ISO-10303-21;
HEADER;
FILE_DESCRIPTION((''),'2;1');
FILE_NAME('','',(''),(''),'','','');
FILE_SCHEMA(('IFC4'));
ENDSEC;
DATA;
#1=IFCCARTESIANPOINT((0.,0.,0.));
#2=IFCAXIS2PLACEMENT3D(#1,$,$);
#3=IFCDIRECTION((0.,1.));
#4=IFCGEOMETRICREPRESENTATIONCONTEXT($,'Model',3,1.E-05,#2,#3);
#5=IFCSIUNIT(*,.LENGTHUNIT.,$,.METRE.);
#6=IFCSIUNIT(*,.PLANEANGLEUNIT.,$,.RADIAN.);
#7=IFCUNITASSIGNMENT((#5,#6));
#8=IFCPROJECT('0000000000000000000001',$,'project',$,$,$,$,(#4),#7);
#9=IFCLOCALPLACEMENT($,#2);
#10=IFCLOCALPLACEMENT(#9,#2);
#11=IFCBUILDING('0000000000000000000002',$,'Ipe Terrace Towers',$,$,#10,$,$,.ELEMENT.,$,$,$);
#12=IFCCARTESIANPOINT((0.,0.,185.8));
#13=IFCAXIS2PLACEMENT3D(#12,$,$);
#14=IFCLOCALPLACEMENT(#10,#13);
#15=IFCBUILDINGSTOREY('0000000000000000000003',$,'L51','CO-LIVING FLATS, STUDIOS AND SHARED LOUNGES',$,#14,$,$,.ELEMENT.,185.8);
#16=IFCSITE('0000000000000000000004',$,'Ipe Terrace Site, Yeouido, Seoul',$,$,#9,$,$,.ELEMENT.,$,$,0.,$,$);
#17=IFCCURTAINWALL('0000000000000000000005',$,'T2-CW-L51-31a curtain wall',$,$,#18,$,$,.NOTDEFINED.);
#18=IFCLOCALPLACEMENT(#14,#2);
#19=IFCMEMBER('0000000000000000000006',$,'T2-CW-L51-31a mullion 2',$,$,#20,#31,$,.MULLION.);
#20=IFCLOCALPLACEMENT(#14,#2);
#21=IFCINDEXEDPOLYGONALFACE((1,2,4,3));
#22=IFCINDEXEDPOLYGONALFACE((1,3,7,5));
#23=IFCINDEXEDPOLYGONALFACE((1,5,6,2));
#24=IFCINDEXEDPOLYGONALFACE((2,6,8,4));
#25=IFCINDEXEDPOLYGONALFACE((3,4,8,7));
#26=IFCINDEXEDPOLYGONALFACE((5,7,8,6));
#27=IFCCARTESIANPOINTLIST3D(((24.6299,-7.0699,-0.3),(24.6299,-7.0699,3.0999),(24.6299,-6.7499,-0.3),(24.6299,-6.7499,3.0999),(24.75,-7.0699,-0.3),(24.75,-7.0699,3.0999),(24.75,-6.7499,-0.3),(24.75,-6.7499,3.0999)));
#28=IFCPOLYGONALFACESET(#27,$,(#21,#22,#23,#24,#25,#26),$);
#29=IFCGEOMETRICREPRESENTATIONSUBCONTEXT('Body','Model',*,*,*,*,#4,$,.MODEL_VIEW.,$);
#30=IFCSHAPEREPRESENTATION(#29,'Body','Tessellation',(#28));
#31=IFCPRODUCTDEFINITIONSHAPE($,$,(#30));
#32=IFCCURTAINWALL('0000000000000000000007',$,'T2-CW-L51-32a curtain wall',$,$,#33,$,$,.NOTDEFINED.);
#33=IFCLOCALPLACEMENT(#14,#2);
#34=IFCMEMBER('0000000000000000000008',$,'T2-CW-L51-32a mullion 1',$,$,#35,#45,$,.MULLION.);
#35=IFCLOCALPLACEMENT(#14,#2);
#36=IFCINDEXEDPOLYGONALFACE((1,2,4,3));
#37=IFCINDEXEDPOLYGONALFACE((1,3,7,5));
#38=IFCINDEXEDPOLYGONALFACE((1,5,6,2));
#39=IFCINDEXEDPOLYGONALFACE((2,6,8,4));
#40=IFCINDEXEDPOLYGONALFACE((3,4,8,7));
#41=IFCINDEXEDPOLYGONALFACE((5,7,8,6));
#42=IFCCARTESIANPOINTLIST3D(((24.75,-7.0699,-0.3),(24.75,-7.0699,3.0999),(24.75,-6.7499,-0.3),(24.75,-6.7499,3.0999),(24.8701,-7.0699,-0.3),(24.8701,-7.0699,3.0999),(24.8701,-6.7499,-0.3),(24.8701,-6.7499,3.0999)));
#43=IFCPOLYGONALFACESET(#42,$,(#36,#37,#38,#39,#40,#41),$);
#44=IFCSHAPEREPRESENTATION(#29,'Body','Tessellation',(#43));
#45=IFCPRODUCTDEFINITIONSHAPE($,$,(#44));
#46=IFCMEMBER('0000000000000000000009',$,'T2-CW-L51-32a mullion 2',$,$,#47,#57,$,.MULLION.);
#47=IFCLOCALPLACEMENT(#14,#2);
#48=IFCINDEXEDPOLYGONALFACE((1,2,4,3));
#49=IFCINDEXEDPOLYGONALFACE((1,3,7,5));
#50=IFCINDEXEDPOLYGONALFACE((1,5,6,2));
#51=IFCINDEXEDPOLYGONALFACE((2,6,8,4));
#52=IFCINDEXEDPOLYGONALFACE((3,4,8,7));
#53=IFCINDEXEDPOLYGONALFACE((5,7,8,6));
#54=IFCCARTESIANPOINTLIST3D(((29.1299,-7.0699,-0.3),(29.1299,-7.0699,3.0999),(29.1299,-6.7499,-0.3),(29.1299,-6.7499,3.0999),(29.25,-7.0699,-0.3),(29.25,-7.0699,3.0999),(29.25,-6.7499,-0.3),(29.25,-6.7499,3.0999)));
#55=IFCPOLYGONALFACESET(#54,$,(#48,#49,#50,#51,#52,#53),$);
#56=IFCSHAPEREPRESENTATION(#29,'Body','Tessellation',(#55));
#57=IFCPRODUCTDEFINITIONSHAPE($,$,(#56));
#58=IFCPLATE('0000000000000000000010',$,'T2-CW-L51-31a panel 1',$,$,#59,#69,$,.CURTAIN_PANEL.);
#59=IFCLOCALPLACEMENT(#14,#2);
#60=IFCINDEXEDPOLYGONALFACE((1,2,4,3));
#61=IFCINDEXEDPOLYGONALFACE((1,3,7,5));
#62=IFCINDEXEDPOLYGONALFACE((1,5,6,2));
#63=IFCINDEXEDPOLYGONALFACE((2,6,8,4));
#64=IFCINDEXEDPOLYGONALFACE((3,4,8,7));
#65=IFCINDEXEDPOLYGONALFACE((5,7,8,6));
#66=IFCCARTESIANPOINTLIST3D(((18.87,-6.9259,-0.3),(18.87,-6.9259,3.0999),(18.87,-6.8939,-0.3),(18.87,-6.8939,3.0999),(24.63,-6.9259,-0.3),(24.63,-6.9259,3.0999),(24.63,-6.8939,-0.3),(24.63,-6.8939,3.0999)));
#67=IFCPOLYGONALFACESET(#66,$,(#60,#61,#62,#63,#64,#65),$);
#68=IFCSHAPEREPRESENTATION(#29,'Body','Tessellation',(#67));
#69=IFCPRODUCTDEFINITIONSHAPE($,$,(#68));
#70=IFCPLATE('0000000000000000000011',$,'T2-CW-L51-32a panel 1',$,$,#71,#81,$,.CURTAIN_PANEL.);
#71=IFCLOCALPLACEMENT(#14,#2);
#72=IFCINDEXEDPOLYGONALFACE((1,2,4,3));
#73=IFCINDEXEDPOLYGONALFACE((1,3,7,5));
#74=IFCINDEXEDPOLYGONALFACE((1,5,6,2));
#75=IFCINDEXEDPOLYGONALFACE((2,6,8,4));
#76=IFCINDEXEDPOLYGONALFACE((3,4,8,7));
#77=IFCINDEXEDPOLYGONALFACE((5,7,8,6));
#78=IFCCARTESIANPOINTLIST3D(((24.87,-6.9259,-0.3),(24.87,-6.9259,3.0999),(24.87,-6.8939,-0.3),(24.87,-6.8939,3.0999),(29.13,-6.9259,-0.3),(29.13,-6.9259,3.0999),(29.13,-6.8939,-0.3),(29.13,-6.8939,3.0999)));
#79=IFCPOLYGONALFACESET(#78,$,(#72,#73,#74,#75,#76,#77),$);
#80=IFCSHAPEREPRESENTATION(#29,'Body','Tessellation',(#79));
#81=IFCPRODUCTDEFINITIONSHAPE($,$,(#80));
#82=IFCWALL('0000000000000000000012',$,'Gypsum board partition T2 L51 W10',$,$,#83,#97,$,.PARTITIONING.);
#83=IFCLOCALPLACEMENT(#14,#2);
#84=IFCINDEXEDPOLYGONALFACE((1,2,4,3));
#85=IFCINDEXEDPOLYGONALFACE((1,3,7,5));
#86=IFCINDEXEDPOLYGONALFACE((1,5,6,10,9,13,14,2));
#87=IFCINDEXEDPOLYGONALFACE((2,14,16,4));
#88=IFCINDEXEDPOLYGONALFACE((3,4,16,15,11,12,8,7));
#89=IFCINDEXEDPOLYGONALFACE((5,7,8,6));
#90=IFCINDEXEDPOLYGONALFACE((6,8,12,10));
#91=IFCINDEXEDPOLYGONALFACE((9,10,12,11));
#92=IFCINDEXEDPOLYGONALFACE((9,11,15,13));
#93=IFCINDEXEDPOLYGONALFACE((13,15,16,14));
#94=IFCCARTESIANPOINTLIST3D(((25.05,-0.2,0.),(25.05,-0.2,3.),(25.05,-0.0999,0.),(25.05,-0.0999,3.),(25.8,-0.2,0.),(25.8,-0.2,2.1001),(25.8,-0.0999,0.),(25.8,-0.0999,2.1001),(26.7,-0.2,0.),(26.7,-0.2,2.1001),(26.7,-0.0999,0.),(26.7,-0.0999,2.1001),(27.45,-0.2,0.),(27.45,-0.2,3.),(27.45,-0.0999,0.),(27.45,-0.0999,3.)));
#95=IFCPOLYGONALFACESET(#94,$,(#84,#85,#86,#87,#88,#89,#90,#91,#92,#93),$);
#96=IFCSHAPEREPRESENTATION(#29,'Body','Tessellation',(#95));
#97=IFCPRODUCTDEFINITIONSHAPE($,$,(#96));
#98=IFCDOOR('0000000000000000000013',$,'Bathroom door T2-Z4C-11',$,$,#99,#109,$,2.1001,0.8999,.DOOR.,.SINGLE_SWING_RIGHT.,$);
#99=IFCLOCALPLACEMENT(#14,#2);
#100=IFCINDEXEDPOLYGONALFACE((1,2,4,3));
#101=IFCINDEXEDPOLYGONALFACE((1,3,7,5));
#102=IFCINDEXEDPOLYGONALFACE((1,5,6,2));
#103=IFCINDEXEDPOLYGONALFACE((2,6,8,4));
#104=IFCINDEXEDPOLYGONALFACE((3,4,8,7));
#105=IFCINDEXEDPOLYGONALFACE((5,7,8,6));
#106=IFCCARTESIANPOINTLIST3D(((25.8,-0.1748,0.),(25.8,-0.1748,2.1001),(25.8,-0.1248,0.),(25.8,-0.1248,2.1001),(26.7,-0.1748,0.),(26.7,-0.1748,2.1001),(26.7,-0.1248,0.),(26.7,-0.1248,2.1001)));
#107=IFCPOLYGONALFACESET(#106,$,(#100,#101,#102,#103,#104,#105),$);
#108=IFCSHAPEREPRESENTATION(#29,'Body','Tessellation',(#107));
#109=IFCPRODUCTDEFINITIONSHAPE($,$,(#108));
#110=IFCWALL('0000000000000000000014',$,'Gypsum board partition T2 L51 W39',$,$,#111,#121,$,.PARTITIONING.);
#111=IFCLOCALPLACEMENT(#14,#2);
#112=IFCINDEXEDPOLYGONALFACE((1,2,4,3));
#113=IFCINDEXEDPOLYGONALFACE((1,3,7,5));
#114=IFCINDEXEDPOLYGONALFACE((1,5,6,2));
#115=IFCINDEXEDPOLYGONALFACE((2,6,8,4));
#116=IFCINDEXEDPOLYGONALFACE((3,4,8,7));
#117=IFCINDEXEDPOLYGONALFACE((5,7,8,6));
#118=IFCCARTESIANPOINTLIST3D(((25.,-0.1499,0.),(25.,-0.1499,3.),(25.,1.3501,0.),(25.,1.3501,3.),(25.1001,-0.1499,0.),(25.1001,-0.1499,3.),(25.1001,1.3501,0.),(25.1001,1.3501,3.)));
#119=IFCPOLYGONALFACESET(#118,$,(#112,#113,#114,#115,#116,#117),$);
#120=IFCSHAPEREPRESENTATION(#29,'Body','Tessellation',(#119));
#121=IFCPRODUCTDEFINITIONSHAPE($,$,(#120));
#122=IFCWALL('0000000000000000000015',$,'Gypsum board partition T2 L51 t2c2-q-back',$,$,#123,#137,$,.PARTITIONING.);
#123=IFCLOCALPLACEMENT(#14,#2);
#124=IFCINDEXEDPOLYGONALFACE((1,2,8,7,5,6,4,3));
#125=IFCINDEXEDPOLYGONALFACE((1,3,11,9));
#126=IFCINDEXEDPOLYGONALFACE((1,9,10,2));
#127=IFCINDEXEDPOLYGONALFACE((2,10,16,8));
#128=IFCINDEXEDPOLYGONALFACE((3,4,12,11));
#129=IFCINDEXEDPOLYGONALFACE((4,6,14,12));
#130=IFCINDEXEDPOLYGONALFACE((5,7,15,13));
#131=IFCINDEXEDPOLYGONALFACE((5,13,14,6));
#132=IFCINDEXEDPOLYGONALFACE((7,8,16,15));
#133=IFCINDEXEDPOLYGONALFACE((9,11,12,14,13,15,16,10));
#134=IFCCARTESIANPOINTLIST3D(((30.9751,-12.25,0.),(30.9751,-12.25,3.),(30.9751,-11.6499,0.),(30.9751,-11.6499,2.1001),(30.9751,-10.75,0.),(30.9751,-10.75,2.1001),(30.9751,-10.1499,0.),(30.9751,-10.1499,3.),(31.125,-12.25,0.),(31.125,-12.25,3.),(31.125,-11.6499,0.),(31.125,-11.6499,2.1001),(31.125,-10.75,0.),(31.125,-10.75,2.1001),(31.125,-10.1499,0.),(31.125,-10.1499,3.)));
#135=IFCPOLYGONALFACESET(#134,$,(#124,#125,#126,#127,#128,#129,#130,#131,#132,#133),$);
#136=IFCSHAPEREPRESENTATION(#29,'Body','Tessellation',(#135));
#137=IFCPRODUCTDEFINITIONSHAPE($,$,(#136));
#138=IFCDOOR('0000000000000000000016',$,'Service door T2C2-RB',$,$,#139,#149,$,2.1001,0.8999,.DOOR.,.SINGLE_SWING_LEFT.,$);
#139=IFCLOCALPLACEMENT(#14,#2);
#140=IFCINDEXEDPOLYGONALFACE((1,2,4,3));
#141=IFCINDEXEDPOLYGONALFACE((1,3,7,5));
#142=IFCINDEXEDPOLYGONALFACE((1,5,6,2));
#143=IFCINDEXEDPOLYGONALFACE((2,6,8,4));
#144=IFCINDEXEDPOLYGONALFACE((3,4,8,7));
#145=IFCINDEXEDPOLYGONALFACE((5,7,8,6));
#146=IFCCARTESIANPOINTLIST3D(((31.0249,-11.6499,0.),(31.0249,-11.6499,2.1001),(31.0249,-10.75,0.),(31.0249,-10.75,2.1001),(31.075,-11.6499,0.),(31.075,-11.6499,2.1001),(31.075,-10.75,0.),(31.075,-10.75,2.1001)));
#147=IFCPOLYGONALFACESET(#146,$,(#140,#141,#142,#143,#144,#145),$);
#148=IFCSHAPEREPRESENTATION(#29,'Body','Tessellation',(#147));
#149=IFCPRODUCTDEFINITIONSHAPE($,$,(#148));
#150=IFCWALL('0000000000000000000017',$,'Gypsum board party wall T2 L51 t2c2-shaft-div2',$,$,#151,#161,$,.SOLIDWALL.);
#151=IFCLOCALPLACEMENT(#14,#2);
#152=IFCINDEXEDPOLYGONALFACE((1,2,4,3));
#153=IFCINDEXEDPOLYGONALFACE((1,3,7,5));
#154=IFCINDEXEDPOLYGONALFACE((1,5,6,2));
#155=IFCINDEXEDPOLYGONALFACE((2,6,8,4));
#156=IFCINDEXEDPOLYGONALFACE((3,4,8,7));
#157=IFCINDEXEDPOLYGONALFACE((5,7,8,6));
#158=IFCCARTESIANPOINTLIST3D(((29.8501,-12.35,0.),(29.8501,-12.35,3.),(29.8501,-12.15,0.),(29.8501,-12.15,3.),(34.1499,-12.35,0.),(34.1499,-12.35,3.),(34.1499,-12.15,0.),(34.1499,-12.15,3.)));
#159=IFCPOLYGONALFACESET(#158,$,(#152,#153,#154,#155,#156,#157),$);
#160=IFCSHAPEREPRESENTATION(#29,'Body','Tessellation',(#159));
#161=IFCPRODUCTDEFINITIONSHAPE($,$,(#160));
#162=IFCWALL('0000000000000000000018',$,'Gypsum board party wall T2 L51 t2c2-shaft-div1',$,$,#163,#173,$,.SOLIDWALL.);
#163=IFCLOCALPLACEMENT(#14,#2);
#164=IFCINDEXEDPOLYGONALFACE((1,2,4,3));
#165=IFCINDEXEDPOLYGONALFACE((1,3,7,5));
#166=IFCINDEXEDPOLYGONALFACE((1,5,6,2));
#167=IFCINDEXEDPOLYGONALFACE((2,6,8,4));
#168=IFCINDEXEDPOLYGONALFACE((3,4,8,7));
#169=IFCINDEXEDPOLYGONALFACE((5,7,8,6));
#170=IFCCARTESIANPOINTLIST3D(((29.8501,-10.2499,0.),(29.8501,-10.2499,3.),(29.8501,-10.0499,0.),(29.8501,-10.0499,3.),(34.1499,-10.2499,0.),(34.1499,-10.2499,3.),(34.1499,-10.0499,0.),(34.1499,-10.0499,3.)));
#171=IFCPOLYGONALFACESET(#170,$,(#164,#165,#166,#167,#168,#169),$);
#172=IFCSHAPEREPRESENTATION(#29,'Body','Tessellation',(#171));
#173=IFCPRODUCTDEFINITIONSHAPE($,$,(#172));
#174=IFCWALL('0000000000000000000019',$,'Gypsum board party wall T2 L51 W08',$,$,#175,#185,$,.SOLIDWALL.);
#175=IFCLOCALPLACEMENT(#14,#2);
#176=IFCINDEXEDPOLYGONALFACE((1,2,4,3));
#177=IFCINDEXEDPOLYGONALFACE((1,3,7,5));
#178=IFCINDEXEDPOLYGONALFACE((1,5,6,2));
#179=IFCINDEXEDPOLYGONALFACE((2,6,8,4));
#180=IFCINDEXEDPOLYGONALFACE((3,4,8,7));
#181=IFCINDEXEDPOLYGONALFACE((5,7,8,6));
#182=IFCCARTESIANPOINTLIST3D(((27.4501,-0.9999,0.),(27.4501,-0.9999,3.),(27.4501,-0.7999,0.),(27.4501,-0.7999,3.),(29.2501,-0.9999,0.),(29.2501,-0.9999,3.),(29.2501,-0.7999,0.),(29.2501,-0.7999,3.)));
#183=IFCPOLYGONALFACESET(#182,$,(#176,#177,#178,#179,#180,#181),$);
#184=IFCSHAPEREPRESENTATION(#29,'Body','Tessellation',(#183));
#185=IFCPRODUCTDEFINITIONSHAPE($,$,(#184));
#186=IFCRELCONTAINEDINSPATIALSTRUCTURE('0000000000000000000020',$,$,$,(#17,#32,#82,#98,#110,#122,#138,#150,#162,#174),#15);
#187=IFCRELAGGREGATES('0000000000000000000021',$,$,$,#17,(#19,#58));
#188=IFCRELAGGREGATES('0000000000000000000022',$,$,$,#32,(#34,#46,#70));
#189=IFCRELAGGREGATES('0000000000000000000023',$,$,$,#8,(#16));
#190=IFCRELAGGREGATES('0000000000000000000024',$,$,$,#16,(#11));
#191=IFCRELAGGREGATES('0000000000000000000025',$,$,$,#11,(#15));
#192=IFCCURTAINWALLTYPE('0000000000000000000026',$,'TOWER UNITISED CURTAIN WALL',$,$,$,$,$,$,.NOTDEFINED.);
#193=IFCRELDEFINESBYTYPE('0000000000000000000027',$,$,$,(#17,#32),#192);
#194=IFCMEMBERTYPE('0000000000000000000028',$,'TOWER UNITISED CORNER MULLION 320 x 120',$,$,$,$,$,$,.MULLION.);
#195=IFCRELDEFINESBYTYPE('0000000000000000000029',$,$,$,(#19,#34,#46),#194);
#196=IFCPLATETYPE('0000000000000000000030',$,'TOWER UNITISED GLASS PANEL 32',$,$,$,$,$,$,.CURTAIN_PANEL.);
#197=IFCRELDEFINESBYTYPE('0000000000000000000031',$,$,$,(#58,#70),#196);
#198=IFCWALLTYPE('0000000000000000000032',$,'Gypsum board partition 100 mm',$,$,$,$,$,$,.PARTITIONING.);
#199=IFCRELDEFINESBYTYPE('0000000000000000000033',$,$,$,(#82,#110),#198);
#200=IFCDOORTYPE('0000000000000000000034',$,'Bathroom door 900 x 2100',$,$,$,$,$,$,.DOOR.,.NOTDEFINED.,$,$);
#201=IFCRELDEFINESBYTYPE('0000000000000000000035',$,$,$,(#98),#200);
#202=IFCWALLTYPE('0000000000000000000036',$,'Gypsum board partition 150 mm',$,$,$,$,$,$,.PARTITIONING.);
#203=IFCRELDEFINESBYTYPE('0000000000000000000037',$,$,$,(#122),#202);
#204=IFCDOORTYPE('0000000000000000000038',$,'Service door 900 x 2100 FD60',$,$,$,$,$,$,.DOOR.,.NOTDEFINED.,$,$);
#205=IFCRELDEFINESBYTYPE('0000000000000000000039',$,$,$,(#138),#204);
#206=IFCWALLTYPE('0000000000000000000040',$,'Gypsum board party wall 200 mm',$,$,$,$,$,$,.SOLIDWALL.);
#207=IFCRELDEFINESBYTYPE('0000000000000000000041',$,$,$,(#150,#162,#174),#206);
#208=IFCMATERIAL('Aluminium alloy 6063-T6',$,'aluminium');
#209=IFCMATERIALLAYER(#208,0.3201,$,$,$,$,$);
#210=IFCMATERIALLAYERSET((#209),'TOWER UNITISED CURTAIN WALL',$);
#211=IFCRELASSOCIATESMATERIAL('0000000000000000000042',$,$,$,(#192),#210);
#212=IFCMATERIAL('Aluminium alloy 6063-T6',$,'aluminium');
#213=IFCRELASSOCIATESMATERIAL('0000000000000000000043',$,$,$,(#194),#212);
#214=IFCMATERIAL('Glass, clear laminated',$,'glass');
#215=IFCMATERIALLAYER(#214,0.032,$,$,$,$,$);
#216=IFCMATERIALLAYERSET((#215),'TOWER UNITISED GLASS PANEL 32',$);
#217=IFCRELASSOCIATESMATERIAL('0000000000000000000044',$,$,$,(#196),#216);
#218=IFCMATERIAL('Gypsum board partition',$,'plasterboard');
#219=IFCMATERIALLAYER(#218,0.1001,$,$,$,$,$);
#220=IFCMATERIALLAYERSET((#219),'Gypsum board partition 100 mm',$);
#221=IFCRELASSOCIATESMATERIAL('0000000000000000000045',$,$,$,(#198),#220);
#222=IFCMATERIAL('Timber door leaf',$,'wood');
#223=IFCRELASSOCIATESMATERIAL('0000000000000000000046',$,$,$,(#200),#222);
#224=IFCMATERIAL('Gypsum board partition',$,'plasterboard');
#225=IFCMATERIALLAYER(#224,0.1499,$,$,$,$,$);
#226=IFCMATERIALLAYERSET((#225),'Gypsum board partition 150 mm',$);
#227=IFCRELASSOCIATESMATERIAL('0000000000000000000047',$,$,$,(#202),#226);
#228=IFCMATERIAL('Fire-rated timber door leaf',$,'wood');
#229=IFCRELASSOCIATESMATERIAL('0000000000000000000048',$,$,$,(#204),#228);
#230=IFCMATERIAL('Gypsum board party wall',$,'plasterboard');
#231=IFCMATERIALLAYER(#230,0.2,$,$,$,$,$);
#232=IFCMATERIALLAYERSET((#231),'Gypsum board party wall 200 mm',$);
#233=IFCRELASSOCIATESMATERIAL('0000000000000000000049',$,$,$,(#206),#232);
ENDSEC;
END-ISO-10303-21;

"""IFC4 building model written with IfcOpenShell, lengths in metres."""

from ifc_helpers import new_model, si_unit, direction, frame, frame_2d, origin, origin_2d, place, context, subcontext, project, spatial, rectangle, extrude, material, layer, layer_set, material_profile, profile_set, type_object, element, fill, aggregate, save


model = new_model("IFC4")

# Units and contexts
model_context = context("Model", 3, precision=1e-05, world=origin(), true_north=direction((0.0, 1.0)))
body_context = subcontext(model_context, "Body", "Model", "MODEL_VIEW")
ifc_project = project(units=[si_unit("LENGTHUNIT", "METRE"), si_unit("PLANEANGLEUNIT", "RADIAN")], contexts=[model_context])

# Site, building, storey
site_placement = place(None, origin())
site = spatial("IfcSite", under=ifc_project, at=site_placement, Name="Ipe Terrace Site, Yeouido, Seoul", CompositionType="ELEMENT", RefElevation=0.0)
building_placement = place(site_placement, origin())
building = spatial("IfcBuilding", under=site, at=building_placement, Name="Ipe Terrace Towers", CompositionType="ELEMENT")
storey_placement = place(building_placement, frame((0.0, 0.0, 185.8)))
storey = spatial("IfcBuildingStorey", under=building, at=storey_placement, Name="L51", Description="CO-LIVING FLATS, STUDIOS AND SHARED LOUNGES", CompositionType="ELEMENT", Elevation=185.8)

# Curtain walls, members
ifc_material_1 = material(Name="Aluminium alloy 6063-T6", Category="aluminium")
ifc_layer_1 = layer(ifc_material_1, 0.3201)
ifc_layer_set_1 = layer_set([ifc_layer_1], Name="TOWER UNITISED CURTAIN WALL")
curtain_wall_type = type_object("IfcCurtainWallType", Name="TOWER UNITISED CURTAIN WALL", PredefinedType="NOTDEFINED", material=ifc_layer_set_1)
curtain_wall_1_placement = place(storey_placement, origin())
curtain_wall_1 = element("IfcCurtainWall", 1, at=curtain_wall_1_placement, inside=storey, type_object=curtain_wall_type, Name="T2-CW-L51-31a curtain wall", PredefinedType="NOTDEFINED")
ifc_material_2 = material(Name="Aluminium alloy 6063-T6", Category="aluminium")
ifc_material_profile_1 = material_profile(ifc_material_2, rectangle(XDim=0.3201, YDim=0.1201, at=origin_2d()), Name="TOWER UNITISED CORNER MULLION 320 x 120")
ifc_profile_set_1 = profile_set([ifc_material_profile_1], Name="Aluminium alloy 6063-T6")
member_type = type_object("IfcMemberType", Name="TOWER UNITISED CORNER MULLION 320 x 120", PredefinedType="MULLION", material=ifc_profile_set_1)
member_1_placement = place(storey_placement, frame((24.6899, -6.9099, -0.3), z_axis=(0.0, 0.0, 1.0), x_axis=(0.0, -1.0, 0.0)))
member_1 = element("IfcMember", 2, at=member_1_placement, type_object=member_type, Name="T2-CW-L51-31a mullion 2", PredefinedType="MULLION", context=body_context, shape_type="SweptSolid", body=[
    extrude(rectangle(XDim=0.3201, YDim=0.1201, at=origin_2d()), origin(), (0.0, 0.0, 1.0), 3.3999),
])
curtain_wall_2_placement = place(storey_placement, origin())
curtain_wall_2 = element("IfcCurtainWall", 3, at=curtain_wall_2_placement, inside=storey, type_object=curtain_wall_type, Name="T2-CW-L51-32a curtain wall", PredefinedType="NOTDEFINED")
member_2_placement = place(storey_placement, frame((24.8101, -6.9099, -0.3), z_axis=(0.0, 0.0, 1.0), x_axis=(0.0, -1.0, 0.0)))
member_2 = element("IfcMember", 4, at=member_2_placement, type_object=member_type, Name="T2-CW-L51-32a mullion 1", PredefinedType="MULLION", context=body_context, shape_type="SweptSolid", body=[
    extrude(rectangle(XDim=0.3201, YDim=0.1201, at=origin_2d()), origin(), (0.0, 0.0, 1.0), 3.3999),
])
member_3_placement = place(storey_placement, frame((29.1899, -6.9099, -0.3), z_axis=(0.0, 0.0, 1.0), x_axis=(0.0, -1.0, 0.0)))
member_3 = element("IfcMember", 5, at=member_3_placement, type_object=member_type, Name="T2-CW-L51-32a mullion 2", PredefinedType="MULLION", context=body_context, shape_type="SweptSolid", body=[
    extrude(rectangle(XDim=0.3201, YDim=0.1201, at=origin_2d()), origin(), (0.0, 0.0, 1.0), 3.3999),
])

# Plates
ifc_material_3 = material(Name="Glass, clear laminated", Category="glass")
ifc_layer_2 = layer(ifc_material_3, 0.032)
ifc_layer_set_2 = layer_set([ifc_layer_2], Name="TOWER UNITISED GLASS PANEL 32")
plate_type = type_object("IfcPlateType", Name="TOWER UNITISED GLASS PANEL 32", PredefinedType="CURTAIN_PANEL", material=ifc_layer_set_2)
plate_1_placement = place(storey_placement, frame((21.75, -6.9099, -0.3), z_axis=(0.0, 0.0, 1.0), x_axis=(1.0, 0.0, 0.0)))
plate_1 = element("IfcPlate", 6, at=plate_1_placement, type_object=plate_type, Name="T2-CW-L51-31a panel 1", PredefinedType="CURTAIN_PANEL", context=body_context, shape_type="SweptSolid", body=[
    extrude(rectangle(XDim=5.76, YDim=0.032, at=origin_2d()), origin(), (0.0, 0.0, 1.0), 3.3999),
])
aggregate(curtain_wall_1, [member_1, plate_1])
plate_2_placement = place(storey_placement, frame((27.0, -6.9099, -0.3), z_axis=(0.0, 0.0, 1.0), x_axis=(1.0, 0.0, 0.0)))
plate_2 = element("IfcPlate", 7, at=plate_2_placement, type_object=plate_type, Name="T2-CW-L51-32a panel 1", PredefinedType="CURTAIN_PANEL", context=body_context, shape_type="SweptSolid", body=[
    extrude(rectangle(XDim=4.26, YDim=0.032, at=origin_2d()), origin(), (0.0, 0.0, 1.0), 3.3999),
])
aggregate(curtain_wall_2, [member_2, member_3, plate_2])

# Wall, opening, door
ifc_material_4 = material(Name="Gypsum board partition", Category="plasterboard")
ifc_layer_3 = layer(ifc_material_4, 0.1001)
ifc_layer_set_3 = layer_set([ifc_layer_3], Name="Gypsum board partition 100 mm")
wall_type_1 = type_object("IfcWallType", Name="Gypsum board partition 100 mm", PredefinedType="PARTITIONING", material=ifc_layer_set_3)
wall_1_placement = place(storey_placement, frame((27.45, -0.1499, 0.0), z_axis=(0.0, 0.0, 1.0), x_axis=(-1.0, 0.0, 0.0)))
wall_1 = element("IfcWall", 8, at=wall_1_placement, inside=storey, type_object=wall_type_1, Name="Gypsum board partition T2 L51 W10", PredefinedType="PARTITIONING", context=body_context, shape_type="SweptSolid", body=[
    extrude(rectangle(XDim=2.3999, YDim=0.1001, at=frame_2d((1.2, 0.0))), origin(), (0.0, 0.0, 1.0), 3.0),
])
opening_1_placement = place(wall_1_placement, frame((0.75, 0.0, 0.0)))
opening_1 = element("IfcOpeningElement", 9, at=opening_1_placement, cuts=wall_1, PredefinedType="OPENING", context=body_context, shape_type="SweptSolid", body=[
    extrude(rectangle(XDim=0.8999, YDim=2.1001, at=frame_2d((0.45, 1.05))), frame((0.0, 0.0601, 0.0), z_axis=(0.0, -1.0, 0.0), x_axis=(1.0, 0.0, 0.0)), (0.0, 0.0, 1.0), 0.1201),
])
ifc_material_5 = material(Name="Timber door leaf", Category="wood")
door_type_1 = type_object("IfcDoorType", Name="Bathroom door 900 x 2100", OperationType="NOTDEFINED", PredefinedType="DOOR", material=ifc_material_5)
door_1_placement = place(opening_1_placement, origin())
door_1 = element("IfcDoor", 10, at=door_1_placement, inside=storey, type_object=door_type_1, Name="Bathroom door T2-Z4C-11", OperationType="SINGLE_SWING_RIGHT", OverallHeight=2.1001, OverallWidth=0.8999, PredefinedType="DOOR", context=body_context, shape_type="SweptSolid", body=[
    extrude(rectangle(XDim=0.8999, YDim=2.1001, at=frame_2d((0.45, 1.05))), frame((0.0, 0.0249, 0.0), z_axis=(0.0, -1.0, 0.0), x_axis=(1.0, 0.0, 0.0)), (0.0, 0.0, 1.0), 0.05),
])
fill(opening_1, door_1)

# Wall
wall_2_placement = place(storey_placement, frame((25.05, -0.1499, 0.0), z_axis=(0.0, 0.0, 1.0), x_axis=(0.0, 1.0, 0.0)))
element("IfcWall", 11, at=wall_2_placement, inside=storey, type_object=wall_type_1, Name="Gypsum board partition T2 L51 W39", PredefinedType="PARTITIONING", context=body_context, shape_type="SweptSolid", body=[
    extrude(rectangle(XDim=1.5, YDim=0.1001, at=frame_2d((0.75, 0.0))), origin(), (0.0, 0.0, 1.0), 3.0),
])

# Wall, opening, door
ifc_material_6 = material(Name="Gypsum board partition", Category="plasterboard")
ifc_layer_4 = layer(ifc_material_6, 0.1499)
ifc_layer_set_4 = layer_set([ifc_layer_4], Name="Gypsum board partition 150 mm")
wall_type_2 = type_object("IfcWallType", Name="Gypsum board partition 150 mm", PredefinedType="PARTITIONING", material=ifc_layer_set_4)
wall_3_placement = place(storey_placement, frame((31.05, -10.1499, 0.0), z_axis=(0.0, 0.0, 1.0), x_axis=(0.0, -1.0, 0.0)))
wall_3 = element("IfcWall", 12, at=wall_3_placement, inside=storey, type_object=wall_type_2, Name="Gypsum board partition T2 L51 t2c2-q-back", PredefinedType="PARTITIONING", context=body_context, shape_type="SweptSolid", body=[
    extrude(rectangle(XDim=2.1001, YDim=0.1499, at=frame_2d((1.05, 0.0))), origin(), (0.0, 0.0, 1.0), 3.0),
])
opening_2_placement = place(wall_3_placement, frame((0.6001, 0.0, 0.0)))
opening_2 = element("IfcOpeningElement", 13, at=opening_2_placement, cuts=wall_3, PredefinedType="OPENING", context=body_context, shape_type="SweptSolid", body=[
    extrude(rectangle(XDim=0.8999, YDim=2.1001, at=frame_2d((0.45, 1.05))), frame((0.0, 0.085, 0.0), z_axis=(0.0, -1.0, 0.0), x_axis=(1.0, 0.0, 0.0)), (0.0, 0.0, 1.0), 0.1699),
])
ifc_material_7 = material(Name="Fire-rated timber door leaf", Category="wood")
door_type_2 = type_object("IfcDoorType", Name="Service door 900 x 2100 FD60", OperationType="NOTDEFINED", PredefinedType="DOOR", material=ifc_material_7)
door_2_placement = place(opening_2_placement, origin())
door_2 = element("IfcDoor", 14, at=door_2_placement, inside=storey, type_object=door_type_2, Name="Service door T2C2-RB", OperationType="SINGLE_SWING_LEFT", OverallHeight=2.1001, OverallWidth=0.8999, PredefinedType="DOOR", context=body_context, shape_type="SweptSolid", body=[
    extrude(rectangle(XDim=0.8999, YDim=2.1001, at=frame_2d((0.45, 1.05))), frame((0.0, 0.0249, 0.0), z_axis=(0.0, -1.0, 0.0), x_axis=(1.0, 0.0, 0.0)), (0.0, 0.0, 1.0), 0.05),
])
fill(opening_2, door_2)

# Walls
ifc_material_8 = material(Name="Gypsum board party wall", Category="plasterboard")
ifc_layer_5 = layer(ifc_material_8, 0.2)
ifc_layer_set_5 = layer_set([ifc_layer_5], Name="Gypsum board party wall 200 mm")
wall_type_3 = type_object("IfcWallType", Name="Gypsum board party wall 200 mm", PredefinedType="SOLIDWALL", material=ifc_layer_set_5)
for number, where, z_axis, x_axis, name in (
    (15, (29.8501, -12.25, 0.0), (0.0, 0.0, 1.0), (1.0, 0.0, 0.0), "Gypsum board party wall T2 L51 t2c2-shaft-div2"),
    (16, (29.8501, -10.1499, 0.0), (0.0, 0.0, 1.0), (1.0, 0.0, 0.0), "Gypsum board party wall T2 L51 t2c2-shaft-div1"),
):
    element("IfcWall", number, at=place(storey_placement, frame(where, z_axis=z_axis, x_axis=x_axis)), inside=storey, type_object=wall_type_3, Name=name, PredefinedType="SOLIDWALL", context=body_context, shape_type="SweptSolid", body=[
        extrude(rectangle(XDim=4.2998, YDim=0.2, at=frame_2d((2.1499, 0.0))), origin(), (0.0, 0.0, 1.0), 3.0),
    ])
wall_4_placement = place(storey_placement, frame((29.25, -0.8999, 0.0), z_axis=(0.0, 0.0, 1.0), x_axis=(-1.0, 0.0, 0.0)))
element("IfcWall", 17, at=wall_4_placement, inside=storey, type_object=wall_type_3, Name="Gypsum board party wall T2 L51 W08", PredefinedType="SOLIDWALL", context=body_context, shape_type="SweptSolid", body=[
    extrude(rectangle(XDim=1.8, YDim=0.2, at=frame_2d((0.8999, 0.0))), origin(), (0.0, 0.0, 1.0), 3.0),
])

save(model, "model.ifc")
